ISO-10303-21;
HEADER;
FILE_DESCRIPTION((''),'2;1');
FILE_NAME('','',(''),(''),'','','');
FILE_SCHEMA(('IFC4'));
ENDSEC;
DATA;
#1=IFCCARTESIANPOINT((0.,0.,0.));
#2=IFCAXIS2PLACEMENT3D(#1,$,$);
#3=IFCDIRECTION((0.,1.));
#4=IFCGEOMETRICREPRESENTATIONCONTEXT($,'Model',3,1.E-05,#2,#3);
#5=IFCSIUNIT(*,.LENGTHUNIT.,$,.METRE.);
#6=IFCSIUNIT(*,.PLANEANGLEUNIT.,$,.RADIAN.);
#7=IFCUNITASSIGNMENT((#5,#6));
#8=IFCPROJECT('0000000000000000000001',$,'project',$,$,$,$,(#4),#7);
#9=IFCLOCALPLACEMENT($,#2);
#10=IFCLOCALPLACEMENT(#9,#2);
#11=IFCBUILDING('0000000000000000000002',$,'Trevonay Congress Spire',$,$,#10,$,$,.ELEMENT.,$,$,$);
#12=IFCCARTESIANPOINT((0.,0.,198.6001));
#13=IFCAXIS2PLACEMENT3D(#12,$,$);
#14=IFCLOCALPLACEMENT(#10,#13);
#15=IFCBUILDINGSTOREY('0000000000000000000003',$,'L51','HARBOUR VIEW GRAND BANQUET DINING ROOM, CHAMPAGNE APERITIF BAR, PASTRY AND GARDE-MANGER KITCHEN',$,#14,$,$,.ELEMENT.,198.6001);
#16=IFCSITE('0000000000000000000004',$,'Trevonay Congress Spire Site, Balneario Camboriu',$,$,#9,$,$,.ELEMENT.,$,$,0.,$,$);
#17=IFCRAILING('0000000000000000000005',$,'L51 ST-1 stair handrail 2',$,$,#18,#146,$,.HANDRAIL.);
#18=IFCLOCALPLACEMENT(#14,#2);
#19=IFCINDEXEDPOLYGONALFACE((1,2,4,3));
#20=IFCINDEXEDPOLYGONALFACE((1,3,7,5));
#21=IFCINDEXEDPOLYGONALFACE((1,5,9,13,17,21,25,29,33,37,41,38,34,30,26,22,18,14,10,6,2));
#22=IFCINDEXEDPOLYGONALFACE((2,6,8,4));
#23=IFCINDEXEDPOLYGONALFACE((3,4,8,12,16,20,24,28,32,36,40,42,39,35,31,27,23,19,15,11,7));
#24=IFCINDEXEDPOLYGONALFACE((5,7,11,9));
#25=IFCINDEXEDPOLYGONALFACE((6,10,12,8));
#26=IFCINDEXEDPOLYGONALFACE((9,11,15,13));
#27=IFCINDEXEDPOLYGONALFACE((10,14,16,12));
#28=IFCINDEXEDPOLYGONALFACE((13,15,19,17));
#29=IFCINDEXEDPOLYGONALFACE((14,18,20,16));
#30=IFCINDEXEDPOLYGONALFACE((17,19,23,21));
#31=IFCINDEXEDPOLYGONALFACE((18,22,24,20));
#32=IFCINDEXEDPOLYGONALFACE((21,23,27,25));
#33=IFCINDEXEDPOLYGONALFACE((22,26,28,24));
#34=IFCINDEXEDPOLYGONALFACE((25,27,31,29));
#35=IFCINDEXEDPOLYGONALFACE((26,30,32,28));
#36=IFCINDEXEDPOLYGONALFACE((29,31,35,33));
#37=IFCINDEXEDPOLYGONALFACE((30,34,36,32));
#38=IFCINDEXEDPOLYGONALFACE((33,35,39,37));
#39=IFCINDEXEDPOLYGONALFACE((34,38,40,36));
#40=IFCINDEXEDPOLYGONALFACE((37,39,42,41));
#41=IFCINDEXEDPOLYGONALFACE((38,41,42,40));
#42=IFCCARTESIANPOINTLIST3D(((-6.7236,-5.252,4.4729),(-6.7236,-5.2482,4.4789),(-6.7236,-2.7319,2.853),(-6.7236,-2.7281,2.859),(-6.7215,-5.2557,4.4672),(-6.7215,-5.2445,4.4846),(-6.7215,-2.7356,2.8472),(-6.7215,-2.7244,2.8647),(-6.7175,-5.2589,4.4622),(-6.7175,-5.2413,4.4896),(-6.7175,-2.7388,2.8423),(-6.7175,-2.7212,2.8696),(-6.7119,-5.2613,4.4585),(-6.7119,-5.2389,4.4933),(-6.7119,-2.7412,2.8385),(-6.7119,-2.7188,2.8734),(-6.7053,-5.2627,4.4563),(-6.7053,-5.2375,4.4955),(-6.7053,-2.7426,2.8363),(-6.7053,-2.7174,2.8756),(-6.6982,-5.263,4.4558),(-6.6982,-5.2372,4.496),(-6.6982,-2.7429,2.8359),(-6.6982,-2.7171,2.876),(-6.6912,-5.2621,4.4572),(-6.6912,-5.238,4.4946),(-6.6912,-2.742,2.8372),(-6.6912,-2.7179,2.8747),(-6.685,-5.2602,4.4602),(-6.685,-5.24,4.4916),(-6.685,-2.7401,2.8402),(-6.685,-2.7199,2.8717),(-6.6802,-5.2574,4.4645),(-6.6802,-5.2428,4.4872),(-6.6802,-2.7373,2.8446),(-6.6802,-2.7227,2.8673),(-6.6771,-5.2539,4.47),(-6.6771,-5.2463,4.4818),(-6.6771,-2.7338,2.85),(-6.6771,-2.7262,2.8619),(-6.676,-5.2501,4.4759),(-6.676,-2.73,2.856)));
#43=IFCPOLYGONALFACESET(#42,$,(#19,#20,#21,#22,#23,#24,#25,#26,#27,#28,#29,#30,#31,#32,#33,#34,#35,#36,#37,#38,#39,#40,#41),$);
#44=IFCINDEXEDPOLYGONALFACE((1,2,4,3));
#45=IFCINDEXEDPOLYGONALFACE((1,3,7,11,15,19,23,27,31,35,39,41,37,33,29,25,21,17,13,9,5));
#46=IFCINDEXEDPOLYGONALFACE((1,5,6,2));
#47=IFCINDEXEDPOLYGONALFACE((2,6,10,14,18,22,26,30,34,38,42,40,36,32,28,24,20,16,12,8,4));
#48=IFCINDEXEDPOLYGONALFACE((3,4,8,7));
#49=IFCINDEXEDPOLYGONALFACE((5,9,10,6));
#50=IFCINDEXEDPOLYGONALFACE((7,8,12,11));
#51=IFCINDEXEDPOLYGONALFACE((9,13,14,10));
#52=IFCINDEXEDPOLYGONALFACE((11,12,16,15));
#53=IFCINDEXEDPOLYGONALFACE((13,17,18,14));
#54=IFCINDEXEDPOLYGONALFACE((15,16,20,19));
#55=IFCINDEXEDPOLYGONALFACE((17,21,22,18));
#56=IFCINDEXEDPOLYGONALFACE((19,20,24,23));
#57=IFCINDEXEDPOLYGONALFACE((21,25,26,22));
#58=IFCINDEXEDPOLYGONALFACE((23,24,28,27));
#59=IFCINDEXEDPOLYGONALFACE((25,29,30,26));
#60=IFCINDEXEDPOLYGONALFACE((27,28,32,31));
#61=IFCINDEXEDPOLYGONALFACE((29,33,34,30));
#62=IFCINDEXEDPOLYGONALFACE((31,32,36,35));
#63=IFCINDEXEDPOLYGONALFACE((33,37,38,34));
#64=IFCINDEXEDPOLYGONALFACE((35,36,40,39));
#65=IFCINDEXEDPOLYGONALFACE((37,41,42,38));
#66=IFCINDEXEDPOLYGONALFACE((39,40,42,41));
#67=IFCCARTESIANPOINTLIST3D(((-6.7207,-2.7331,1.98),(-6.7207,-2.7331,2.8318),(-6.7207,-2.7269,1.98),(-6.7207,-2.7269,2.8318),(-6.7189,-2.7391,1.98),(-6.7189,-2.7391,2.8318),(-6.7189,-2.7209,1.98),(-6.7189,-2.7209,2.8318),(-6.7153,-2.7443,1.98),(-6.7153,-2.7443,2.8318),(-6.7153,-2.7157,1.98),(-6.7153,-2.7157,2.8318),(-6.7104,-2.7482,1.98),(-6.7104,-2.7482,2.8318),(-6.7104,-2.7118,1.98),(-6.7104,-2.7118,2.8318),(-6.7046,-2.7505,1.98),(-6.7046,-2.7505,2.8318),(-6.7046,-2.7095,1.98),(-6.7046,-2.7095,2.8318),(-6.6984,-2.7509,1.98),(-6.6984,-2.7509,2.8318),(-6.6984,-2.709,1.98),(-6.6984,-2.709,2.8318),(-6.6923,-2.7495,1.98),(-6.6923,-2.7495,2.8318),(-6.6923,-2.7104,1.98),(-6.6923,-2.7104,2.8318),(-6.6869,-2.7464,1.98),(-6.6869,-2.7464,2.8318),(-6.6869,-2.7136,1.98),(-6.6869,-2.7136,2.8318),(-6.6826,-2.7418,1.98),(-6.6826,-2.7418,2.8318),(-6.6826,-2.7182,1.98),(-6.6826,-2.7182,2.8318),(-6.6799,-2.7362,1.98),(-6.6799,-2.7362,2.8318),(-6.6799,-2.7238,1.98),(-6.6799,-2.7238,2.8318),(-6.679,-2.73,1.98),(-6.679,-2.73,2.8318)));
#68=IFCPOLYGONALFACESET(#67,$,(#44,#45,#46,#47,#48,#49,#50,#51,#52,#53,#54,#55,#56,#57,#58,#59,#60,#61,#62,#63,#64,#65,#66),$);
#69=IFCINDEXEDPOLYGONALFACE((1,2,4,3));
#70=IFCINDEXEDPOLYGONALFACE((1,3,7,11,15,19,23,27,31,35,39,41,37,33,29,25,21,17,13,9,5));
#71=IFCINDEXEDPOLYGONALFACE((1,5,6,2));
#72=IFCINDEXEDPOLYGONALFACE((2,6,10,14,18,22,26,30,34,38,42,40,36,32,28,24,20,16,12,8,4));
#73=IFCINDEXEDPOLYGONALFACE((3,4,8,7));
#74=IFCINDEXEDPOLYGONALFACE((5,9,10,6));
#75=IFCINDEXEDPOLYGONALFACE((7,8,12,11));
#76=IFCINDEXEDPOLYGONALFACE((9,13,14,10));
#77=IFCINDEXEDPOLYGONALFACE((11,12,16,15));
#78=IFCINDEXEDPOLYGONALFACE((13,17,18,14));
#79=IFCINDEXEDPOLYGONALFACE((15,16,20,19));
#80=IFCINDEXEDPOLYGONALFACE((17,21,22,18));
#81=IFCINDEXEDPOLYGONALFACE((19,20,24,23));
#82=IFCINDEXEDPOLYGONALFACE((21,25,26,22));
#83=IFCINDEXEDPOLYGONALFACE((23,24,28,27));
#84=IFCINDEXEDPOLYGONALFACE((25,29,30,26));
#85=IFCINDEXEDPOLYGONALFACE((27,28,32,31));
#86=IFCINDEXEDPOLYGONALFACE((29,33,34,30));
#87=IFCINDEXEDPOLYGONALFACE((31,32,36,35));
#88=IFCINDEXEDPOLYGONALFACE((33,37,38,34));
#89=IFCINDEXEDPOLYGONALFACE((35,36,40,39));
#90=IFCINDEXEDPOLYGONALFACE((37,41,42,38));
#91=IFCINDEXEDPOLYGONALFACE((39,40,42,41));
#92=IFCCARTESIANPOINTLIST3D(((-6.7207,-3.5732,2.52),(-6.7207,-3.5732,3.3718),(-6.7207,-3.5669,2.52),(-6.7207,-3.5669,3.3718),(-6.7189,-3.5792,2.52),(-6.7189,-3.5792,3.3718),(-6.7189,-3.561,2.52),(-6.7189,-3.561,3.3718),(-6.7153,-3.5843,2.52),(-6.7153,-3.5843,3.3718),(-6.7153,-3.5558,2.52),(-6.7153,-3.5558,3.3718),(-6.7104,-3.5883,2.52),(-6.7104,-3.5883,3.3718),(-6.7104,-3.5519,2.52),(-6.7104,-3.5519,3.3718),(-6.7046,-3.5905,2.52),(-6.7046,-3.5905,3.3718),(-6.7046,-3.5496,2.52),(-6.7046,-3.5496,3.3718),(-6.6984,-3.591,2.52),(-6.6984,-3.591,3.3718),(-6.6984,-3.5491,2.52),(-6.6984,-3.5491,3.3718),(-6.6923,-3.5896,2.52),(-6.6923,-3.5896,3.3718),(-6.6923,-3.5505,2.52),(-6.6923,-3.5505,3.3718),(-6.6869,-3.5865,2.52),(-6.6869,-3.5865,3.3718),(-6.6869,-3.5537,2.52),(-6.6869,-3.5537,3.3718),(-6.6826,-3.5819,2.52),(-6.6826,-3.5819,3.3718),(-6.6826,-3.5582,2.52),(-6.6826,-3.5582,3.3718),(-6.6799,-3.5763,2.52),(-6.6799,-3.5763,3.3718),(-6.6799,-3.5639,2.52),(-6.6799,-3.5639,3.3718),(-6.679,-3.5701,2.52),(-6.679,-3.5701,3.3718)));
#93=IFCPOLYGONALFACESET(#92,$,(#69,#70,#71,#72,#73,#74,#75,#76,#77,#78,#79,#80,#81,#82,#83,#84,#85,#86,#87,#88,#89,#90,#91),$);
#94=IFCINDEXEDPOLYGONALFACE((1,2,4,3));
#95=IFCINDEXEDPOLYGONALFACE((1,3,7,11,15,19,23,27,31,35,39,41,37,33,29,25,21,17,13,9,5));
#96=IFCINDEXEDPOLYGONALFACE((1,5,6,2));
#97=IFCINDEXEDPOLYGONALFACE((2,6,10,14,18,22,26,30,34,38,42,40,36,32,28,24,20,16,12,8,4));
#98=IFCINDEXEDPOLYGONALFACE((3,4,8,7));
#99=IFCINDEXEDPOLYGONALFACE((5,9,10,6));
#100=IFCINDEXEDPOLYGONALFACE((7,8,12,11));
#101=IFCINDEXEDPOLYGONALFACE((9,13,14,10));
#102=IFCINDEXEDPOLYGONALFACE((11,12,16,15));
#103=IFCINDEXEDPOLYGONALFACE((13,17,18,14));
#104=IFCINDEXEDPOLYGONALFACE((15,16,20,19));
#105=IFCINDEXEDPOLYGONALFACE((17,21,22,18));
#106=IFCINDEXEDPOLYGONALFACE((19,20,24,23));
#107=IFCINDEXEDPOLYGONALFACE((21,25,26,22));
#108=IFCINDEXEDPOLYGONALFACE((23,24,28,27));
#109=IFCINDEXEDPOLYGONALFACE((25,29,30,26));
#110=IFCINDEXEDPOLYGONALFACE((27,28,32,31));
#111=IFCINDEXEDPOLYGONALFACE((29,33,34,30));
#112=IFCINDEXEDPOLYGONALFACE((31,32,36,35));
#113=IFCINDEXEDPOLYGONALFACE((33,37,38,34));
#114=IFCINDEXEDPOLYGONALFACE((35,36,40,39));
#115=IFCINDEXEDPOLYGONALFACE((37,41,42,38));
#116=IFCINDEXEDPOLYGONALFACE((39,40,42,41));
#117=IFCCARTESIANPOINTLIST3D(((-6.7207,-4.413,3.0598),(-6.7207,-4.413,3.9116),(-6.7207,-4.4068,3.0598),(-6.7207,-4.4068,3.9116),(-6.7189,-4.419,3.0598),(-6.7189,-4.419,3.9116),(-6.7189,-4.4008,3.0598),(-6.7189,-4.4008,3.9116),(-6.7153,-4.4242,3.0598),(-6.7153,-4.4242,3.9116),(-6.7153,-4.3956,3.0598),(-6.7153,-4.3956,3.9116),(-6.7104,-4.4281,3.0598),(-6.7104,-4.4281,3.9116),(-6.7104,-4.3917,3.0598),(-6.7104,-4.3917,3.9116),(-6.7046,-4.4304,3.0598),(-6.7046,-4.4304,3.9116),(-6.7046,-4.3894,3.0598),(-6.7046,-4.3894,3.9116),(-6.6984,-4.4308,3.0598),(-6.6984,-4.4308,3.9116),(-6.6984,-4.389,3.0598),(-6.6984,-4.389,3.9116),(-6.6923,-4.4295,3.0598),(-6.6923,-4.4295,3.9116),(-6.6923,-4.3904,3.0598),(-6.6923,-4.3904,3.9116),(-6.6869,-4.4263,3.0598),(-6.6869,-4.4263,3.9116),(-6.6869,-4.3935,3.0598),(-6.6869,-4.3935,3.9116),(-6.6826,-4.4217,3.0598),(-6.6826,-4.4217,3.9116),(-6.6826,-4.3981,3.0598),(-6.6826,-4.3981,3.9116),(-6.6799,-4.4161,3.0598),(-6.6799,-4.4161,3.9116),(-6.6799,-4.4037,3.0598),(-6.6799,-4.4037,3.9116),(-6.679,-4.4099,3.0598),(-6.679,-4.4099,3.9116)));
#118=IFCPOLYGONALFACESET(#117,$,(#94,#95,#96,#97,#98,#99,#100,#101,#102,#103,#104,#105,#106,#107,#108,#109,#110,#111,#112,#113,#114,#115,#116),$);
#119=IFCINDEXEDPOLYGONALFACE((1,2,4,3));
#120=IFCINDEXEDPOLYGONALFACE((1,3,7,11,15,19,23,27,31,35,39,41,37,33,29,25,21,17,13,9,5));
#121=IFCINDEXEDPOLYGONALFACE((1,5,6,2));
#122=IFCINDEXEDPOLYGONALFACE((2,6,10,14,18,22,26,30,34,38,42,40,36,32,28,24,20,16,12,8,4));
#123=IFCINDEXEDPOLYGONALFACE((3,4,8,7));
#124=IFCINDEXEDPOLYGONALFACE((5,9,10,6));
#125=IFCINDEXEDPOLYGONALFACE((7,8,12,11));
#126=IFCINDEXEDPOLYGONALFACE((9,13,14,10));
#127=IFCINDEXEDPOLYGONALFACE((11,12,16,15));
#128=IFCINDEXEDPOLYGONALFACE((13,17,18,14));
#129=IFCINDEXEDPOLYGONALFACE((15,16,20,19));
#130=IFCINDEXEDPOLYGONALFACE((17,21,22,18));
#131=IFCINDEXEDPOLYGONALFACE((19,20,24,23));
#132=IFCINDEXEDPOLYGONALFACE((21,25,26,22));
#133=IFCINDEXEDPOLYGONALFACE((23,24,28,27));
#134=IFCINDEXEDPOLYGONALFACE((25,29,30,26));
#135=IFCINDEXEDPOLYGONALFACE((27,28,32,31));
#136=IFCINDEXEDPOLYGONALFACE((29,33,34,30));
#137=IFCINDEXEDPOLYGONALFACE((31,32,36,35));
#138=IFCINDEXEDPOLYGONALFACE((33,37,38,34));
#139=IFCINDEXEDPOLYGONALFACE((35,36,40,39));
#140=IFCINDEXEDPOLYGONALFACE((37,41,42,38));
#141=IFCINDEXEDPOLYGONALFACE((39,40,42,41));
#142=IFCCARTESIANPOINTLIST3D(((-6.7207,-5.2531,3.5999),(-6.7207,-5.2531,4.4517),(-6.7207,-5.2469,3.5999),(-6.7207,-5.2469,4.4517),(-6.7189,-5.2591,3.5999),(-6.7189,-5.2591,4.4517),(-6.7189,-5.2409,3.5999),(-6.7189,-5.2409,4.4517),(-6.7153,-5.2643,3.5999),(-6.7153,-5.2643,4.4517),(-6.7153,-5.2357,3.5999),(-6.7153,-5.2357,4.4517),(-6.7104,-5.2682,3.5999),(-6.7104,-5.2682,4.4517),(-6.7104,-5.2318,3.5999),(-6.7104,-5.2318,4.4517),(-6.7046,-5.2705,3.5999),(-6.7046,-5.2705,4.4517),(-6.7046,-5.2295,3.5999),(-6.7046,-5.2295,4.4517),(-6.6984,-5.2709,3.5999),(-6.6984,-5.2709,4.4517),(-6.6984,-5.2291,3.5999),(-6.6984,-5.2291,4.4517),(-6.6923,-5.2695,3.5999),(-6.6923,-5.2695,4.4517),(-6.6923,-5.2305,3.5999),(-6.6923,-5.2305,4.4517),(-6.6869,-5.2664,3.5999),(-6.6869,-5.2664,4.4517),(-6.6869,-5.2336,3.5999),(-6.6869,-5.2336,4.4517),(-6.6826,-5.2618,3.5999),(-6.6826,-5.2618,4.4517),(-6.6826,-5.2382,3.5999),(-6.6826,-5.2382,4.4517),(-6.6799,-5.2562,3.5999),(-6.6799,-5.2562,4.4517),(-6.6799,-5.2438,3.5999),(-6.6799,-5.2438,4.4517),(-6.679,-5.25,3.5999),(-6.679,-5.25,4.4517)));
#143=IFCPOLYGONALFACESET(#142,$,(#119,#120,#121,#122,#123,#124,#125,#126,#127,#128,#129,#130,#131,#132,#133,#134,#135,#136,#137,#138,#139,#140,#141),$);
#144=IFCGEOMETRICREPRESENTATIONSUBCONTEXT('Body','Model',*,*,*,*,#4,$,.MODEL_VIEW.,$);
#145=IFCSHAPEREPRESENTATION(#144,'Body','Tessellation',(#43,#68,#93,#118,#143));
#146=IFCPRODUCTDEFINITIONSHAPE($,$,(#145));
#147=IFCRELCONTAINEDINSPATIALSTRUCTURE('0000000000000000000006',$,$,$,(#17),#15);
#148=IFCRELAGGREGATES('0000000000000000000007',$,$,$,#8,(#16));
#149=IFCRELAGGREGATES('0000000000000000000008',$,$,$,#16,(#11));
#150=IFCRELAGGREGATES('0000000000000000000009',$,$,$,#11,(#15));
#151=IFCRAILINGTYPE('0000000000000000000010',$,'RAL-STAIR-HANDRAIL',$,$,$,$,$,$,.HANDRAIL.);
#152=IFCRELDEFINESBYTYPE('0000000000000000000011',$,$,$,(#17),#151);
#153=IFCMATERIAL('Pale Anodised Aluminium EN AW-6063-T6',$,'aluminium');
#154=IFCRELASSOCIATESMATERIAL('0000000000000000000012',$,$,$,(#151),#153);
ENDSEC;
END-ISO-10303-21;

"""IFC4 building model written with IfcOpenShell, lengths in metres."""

from ifc_helpers import new_model, si_unit, direction, frame, origin, origin_2d, place, context, subcontext, project, spatial, circle, extrude, material, type_object, element, save


model = new_model("IFC4")

# Units and contexts
model_context = context("Model", 3, precision=1e-05, world=origin(), true_north=direction((0.0, 1.0)))
body_context = subcontext(model_context, "Body", "Model", "MODEL_VIEW")
ifc_project = project(units=[si_unit("LENGTHUNIT", "METRE"), si_unit("PLANEANGLEUNIT", "RADIAN")], contexts=[model_context])

# Site, building, storey
site_placement = place(None, origin())
site = spatial("IfcSite", under=ifc_project, at=site_placement, Name="Trevonay Congress Spire Site, Balneario Camboriu", CompositionType="ELEMENT", RefElevation=0.0)
building_placement = place(site_placement, origin())
building = spatial("IfcBuilding", under=site, at=building_placement, Name="Trevonay Congress Spire", CompositionType="ELEMENT")
storey_placement = place(building_placement, frame((0.0, 0.0, 198.6001)))
storey = spatial("IfcBuildingStorey", under=building, at=storey_placement, Name="L51", Description="HARBOUR VIEW GRAND BANQUET DINING ROOM, CHAMPAGNE APERITIF BAR, PASTRY AND GARDE-MANGER KITCHEN", CompositionType="ELEMENT", Elevation=198.6001)

# Railing
ifc_material_1 = material(Name="Pale Anodised Aluminium EN AW-6063-T6", Category="aluminium")
railing_type_1 = type_object("IfcRailingType", Name="RAL-STAIR-HANDRAIL", PredefinedType="HANDRAIL", material=ifc_material_1)
railing_1_placement = place(storey_placement, frame((-6.7, -2.73, 1.98)))
element("IfcRailing", 1, at=railing_1_placement, inside=storey, type_object=railing_type_1, Name="L51 ST-1 stair handrail 2", PredefinedType="HANDRAIL", context=body_context, shape_type="SweptSolid", body=[
    extrude(circle(Radius=0.0239, at=origin_2d()), frame((0.0, 0.0, 0.876), z_axis=(0.0, -0.8412, 0.540725), x_axis=(1.0, 0.0, 0.0)), (0.0, 0.0, 1.0), 2.9958),
    extrude(circle(Radius=0.021, at=origin_2d()), origin(), (0.0, 0.0, 1.0), 0.8518),
    extrude(circle(Radius=0.021, at=origin_2d()), frame((0.0, -0.8401, 0.54)), (0.0, 0.0, 1.0), 0.8518),
    extrude(circle(Radius=0.021, at=origin_2d()), frame((0.0, -1.6799, 1.0798)), (0.0, 0.0, 1.0), 0.8518),
    extrude(circle(Radius=0.021, at=origin_2d()), frame((0.0, -2.52, 1.6199)), (0.0, 0.0, 1.0), 0.8518),
])

save(model, "model.ifc")
